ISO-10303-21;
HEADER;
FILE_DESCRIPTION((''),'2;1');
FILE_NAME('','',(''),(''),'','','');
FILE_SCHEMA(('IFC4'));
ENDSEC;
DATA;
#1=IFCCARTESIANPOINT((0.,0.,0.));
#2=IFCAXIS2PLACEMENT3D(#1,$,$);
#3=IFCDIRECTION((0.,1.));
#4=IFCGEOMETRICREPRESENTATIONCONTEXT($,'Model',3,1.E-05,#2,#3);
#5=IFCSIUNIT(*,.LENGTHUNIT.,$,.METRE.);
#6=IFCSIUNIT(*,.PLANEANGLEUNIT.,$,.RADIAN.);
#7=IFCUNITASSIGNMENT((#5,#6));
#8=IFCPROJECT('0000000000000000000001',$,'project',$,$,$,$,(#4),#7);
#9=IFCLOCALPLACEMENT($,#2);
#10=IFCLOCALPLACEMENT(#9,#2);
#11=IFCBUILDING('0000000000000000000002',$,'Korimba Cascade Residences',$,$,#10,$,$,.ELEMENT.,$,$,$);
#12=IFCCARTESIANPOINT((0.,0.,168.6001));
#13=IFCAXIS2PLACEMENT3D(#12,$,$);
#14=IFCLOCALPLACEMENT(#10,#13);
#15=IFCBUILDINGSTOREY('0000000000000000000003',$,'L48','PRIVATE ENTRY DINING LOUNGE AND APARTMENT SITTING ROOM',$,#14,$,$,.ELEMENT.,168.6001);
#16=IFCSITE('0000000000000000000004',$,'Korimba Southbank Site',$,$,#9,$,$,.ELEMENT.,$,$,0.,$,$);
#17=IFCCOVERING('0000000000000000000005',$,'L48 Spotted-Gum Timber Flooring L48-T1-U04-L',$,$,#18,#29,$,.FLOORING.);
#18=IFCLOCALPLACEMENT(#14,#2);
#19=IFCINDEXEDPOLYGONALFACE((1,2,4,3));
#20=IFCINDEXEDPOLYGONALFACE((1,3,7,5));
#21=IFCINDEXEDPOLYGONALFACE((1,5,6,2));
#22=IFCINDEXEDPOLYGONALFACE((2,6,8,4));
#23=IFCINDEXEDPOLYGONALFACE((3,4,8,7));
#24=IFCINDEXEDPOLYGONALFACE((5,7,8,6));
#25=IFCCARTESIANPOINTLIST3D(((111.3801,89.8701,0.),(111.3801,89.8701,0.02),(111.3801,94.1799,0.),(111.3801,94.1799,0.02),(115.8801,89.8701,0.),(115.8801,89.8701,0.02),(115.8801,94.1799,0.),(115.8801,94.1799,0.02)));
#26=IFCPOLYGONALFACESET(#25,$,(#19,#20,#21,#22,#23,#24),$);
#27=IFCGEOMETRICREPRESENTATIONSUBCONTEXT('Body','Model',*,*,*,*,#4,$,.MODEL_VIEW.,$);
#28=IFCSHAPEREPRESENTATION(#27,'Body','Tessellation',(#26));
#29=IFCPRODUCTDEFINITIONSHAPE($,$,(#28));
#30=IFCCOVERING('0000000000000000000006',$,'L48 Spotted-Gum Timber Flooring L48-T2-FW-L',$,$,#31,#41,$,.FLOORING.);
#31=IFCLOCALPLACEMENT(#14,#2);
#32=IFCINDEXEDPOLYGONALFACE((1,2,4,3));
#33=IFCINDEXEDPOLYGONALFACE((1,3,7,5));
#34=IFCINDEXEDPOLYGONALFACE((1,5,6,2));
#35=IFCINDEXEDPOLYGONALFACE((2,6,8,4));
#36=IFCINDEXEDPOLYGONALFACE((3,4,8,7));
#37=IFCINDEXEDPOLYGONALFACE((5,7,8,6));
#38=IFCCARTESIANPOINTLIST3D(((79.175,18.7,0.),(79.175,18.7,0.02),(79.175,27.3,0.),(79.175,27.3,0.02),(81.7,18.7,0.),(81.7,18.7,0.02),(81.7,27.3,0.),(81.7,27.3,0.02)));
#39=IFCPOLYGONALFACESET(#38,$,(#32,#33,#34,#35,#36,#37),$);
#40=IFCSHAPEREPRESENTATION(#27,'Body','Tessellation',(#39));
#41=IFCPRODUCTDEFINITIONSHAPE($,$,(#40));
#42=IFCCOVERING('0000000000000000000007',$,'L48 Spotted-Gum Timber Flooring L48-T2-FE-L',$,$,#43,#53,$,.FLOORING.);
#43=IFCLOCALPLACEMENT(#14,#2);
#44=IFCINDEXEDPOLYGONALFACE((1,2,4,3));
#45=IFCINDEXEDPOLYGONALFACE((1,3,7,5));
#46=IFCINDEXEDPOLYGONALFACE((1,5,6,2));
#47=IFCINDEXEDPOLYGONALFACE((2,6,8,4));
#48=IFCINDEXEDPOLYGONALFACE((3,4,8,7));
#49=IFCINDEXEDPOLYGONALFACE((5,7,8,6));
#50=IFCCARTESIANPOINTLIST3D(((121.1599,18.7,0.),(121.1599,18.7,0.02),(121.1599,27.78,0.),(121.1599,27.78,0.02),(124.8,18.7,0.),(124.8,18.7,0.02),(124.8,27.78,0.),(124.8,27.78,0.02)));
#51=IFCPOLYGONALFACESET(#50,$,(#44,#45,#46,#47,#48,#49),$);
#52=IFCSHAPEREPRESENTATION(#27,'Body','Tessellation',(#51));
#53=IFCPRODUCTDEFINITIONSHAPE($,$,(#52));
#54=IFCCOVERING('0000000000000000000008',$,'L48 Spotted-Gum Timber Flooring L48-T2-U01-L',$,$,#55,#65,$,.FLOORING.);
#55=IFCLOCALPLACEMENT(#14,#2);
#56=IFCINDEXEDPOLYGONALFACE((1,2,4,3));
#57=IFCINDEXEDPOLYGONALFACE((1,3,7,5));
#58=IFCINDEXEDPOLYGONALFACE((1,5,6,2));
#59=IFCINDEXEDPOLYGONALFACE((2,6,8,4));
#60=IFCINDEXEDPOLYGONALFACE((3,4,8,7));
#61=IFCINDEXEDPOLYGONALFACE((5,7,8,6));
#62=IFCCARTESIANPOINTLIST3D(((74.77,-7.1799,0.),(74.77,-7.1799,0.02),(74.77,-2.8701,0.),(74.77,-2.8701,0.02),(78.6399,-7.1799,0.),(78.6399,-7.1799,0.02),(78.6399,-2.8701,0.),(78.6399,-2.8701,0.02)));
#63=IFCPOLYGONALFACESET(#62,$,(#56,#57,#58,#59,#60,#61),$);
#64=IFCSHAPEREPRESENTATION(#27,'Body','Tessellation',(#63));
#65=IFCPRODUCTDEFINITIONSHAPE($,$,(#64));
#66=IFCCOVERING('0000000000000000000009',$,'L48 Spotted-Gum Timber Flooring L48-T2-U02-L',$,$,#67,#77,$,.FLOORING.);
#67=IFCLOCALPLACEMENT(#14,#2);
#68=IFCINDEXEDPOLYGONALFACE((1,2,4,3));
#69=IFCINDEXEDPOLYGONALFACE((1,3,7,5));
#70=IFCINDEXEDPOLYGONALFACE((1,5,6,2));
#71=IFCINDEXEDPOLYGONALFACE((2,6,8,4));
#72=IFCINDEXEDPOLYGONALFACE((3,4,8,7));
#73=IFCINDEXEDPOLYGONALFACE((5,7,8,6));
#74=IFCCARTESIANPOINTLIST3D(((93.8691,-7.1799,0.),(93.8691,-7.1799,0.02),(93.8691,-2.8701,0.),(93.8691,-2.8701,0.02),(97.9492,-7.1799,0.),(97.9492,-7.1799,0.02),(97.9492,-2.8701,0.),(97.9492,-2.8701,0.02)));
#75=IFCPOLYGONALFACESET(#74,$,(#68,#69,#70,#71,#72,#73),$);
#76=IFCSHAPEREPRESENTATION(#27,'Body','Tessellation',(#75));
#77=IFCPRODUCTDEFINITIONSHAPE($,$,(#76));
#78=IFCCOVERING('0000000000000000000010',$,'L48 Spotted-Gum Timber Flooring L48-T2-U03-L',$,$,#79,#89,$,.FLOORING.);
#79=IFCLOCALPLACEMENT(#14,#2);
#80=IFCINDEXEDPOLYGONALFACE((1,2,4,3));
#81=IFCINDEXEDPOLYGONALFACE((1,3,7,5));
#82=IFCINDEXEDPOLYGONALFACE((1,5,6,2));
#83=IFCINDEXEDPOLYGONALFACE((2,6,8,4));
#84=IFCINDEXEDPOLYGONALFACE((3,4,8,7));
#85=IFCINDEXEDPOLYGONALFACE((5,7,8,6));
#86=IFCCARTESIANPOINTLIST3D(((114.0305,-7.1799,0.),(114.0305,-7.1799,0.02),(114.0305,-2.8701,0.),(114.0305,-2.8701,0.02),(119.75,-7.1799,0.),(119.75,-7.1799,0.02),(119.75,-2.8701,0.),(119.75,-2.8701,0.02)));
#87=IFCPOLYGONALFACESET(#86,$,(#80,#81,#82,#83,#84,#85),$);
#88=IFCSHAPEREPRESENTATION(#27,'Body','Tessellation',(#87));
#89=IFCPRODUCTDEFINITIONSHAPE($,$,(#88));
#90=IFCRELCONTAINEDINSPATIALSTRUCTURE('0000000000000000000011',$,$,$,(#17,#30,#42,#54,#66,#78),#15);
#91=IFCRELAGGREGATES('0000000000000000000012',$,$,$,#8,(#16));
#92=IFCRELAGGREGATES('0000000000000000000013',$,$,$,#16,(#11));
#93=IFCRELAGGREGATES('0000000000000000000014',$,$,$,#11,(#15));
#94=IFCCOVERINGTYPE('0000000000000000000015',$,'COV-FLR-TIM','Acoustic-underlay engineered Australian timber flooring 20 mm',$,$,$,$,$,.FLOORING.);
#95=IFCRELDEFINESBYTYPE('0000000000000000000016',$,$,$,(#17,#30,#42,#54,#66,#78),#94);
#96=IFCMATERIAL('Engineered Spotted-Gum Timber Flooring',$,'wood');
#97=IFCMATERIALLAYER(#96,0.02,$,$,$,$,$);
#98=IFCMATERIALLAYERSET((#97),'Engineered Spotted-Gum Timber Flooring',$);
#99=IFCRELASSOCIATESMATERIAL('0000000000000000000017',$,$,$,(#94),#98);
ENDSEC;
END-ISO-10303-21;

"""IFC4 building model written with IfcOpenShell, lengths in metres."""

from ifc_helpers import new_model, si_unit, direction, frame, origin, place, context, subcontext, project, spatial, polyline, outline, extrude, material, layer, layer_set, type_object, element, save


model = new_model("IFC4")

# Units and contexts
model_context = context("Model", 3, precision=1e-05, world=origin(), true_north=direction((0.0, 1.0)))
body_context = subcontext(model_context, "Body", "Model", "MODEL_VIEW")
ifc_project = project(units=[si_unit("LENGTHUNIT", "METRE"), si_unit("PLANEANGLEUNIT", "RADIAN")], contexts=[model_context])

# Site, building, storey
site_placement = place(None, origin())
site = spatial("IfcSite", under=ifc_project, at=site_placement, Name="Korimba Southbank Site", CompositionType="ELEMENT", RefElevation=0.0)
building_placement = place(site_placement, origin())
building = spatial("IfcBuilding", under=site, at=building_placement, Name="Korimba Cascade Residences", CompositionType="ELEMENT")
storey_placement = place(building_placement, frame((0.0, 0.0, 168.6001)))
storey = spatial("IfcBuildingStorey", under=building, at=storey_placement, Name="L48", Description="PRIVATE ENTRY DINING LOUNGE AND APARTMENT SITTING ROOM", CompositionType="ELEMENT", Elevation=168.6001)

# Coverings
ifc_material_1 = material(Name="Engineered Spotted-Gum Timber Flooring", Category="wood")
ifc_layer_1 = layer(ifc_material_1, 0.02)
ifc_layer_set_1 = layer_set([ifc_layer_1], Name="Engineered Spotted-Gum Timber Flooring")
covering_type = type_object("IfcCoveringType", Name="COV-FLR-TIM", Description="Acoustic-underlay engineered Australian timber flooring 20 mm", PredefinedType="FLOORING", material=ifc_layer_set_1)
covering_1_placement = place(storey_placement, origin())
element("IfcCovering", 1, at=covering_1_placement, inside=storey, type_object=covering_type, Name="L48 Spotted-Gum Timber Flooring L48-T1-U04-L", PredefinedType="FLOORING", context=body_context, shape_type="SweptSolid", body=[
    extrude(outline(polyline([(111.3801, 89.8701), (115.8801, 89.8701), (115.8801, 94.1799), (111.3801, 94.1799), (111.3801, 89.8701)])), origin(), (0.0, 0.0, 1.0), 0.02),
])
covering_2_placement = place(storey_placement, origin())
element("IfcCovering", 2, at=covering_2_placement, inside=storey, type_object=covering_type, Name="L48 Spotted-Gum Timber Flooring L48-T2-FW-L", PredefinedType="FLOORING", context=body_context, shape_type="SweptSolid", body=[
    extrude(outline(polyline([(79.175, 18.7), (81.7, 18.7), (81.7, 27.3), (79.175, 27.3), (79.175, 18.7)])), origin(), (0.0, 0.0, 1.0), 0.02),
])
covering_3_placement = place(storey_placement, origin())
element("IfcCovering", 3, at=covering_3_placement, inside=storey, type_object=covering_type, Name="L48 Spotted-Gum Timber Flooring L48-T2-FE-L", PredefinedType="FLOORING", context=body_context, shape_type="SweptSolid", body=[
    extrude(outline(polyline([(121.1599, 18.7), (124.8, 18.7), (124.8, 27.78), (121.1599, 27.78), (121.1599, 18.7)])), origin(), (0.0, 0.0, 1.0), 0.02),
])
covering_4_placement = place(storey_placement, origin())
element("IfcCovering", 4, at=covering_4_placement, inside=storey, type_object=covering_type, Name="L48 Spotted-Gum Timber Flooring L48-T2-U01-L", PredefinedType="FLOORING", context=body_context, shape_type="SweptSolid", body=[
    extrude(outline(polyline([(74.77, -7.1799), (78.6399, -7.1799), (78.6399, -2.8701), (74.77, -2.8701), (74.77, -7.1799)])), origin(), (0.0, 0.0, 1.0), 0.02),
])
covering_5_placement = place(storey_placement, origin())
element("IfcCovering", 5, at=covering_5_placement, inside=storey, type_object=covering_type, Name="L48 Spotted-Gum Timber Flooring L48-T2-U02-L", PredefinedType="FLOORING", context=body_context, shape_type="SweptSolid", body=[
    extrude(outline(polyline([(93.8691, -7.1799), (97.9492, -7.1799), (97.9492, -2.8701), (93.8691, -2.8701), (93.8691, -7.1799)])), origin(), (0.0, 0.0, 1.0), 0.02),
])
covering_6_placement = place(storey_placement, origin())
element("IfcCovering", 6, at=covering_6_placement, inside=storey, type_object=covering_type, Name="L48 Spotted-Gum Timber Flooring L48-T2-U03-L", PredefinedType="FLOORING", context=body_context, shape_type="SweptSolid", body=[
    extrude(outline(polyline([(114.0305, -7.1799), (119.75, -7.1799), (119.75, -2.8701), (114.0305, -2.8701), (114.0305, -7.1799)])), origin(), (0.0, 0.0, 1.0), 0.02),
])

save(model, "model.ifc")
